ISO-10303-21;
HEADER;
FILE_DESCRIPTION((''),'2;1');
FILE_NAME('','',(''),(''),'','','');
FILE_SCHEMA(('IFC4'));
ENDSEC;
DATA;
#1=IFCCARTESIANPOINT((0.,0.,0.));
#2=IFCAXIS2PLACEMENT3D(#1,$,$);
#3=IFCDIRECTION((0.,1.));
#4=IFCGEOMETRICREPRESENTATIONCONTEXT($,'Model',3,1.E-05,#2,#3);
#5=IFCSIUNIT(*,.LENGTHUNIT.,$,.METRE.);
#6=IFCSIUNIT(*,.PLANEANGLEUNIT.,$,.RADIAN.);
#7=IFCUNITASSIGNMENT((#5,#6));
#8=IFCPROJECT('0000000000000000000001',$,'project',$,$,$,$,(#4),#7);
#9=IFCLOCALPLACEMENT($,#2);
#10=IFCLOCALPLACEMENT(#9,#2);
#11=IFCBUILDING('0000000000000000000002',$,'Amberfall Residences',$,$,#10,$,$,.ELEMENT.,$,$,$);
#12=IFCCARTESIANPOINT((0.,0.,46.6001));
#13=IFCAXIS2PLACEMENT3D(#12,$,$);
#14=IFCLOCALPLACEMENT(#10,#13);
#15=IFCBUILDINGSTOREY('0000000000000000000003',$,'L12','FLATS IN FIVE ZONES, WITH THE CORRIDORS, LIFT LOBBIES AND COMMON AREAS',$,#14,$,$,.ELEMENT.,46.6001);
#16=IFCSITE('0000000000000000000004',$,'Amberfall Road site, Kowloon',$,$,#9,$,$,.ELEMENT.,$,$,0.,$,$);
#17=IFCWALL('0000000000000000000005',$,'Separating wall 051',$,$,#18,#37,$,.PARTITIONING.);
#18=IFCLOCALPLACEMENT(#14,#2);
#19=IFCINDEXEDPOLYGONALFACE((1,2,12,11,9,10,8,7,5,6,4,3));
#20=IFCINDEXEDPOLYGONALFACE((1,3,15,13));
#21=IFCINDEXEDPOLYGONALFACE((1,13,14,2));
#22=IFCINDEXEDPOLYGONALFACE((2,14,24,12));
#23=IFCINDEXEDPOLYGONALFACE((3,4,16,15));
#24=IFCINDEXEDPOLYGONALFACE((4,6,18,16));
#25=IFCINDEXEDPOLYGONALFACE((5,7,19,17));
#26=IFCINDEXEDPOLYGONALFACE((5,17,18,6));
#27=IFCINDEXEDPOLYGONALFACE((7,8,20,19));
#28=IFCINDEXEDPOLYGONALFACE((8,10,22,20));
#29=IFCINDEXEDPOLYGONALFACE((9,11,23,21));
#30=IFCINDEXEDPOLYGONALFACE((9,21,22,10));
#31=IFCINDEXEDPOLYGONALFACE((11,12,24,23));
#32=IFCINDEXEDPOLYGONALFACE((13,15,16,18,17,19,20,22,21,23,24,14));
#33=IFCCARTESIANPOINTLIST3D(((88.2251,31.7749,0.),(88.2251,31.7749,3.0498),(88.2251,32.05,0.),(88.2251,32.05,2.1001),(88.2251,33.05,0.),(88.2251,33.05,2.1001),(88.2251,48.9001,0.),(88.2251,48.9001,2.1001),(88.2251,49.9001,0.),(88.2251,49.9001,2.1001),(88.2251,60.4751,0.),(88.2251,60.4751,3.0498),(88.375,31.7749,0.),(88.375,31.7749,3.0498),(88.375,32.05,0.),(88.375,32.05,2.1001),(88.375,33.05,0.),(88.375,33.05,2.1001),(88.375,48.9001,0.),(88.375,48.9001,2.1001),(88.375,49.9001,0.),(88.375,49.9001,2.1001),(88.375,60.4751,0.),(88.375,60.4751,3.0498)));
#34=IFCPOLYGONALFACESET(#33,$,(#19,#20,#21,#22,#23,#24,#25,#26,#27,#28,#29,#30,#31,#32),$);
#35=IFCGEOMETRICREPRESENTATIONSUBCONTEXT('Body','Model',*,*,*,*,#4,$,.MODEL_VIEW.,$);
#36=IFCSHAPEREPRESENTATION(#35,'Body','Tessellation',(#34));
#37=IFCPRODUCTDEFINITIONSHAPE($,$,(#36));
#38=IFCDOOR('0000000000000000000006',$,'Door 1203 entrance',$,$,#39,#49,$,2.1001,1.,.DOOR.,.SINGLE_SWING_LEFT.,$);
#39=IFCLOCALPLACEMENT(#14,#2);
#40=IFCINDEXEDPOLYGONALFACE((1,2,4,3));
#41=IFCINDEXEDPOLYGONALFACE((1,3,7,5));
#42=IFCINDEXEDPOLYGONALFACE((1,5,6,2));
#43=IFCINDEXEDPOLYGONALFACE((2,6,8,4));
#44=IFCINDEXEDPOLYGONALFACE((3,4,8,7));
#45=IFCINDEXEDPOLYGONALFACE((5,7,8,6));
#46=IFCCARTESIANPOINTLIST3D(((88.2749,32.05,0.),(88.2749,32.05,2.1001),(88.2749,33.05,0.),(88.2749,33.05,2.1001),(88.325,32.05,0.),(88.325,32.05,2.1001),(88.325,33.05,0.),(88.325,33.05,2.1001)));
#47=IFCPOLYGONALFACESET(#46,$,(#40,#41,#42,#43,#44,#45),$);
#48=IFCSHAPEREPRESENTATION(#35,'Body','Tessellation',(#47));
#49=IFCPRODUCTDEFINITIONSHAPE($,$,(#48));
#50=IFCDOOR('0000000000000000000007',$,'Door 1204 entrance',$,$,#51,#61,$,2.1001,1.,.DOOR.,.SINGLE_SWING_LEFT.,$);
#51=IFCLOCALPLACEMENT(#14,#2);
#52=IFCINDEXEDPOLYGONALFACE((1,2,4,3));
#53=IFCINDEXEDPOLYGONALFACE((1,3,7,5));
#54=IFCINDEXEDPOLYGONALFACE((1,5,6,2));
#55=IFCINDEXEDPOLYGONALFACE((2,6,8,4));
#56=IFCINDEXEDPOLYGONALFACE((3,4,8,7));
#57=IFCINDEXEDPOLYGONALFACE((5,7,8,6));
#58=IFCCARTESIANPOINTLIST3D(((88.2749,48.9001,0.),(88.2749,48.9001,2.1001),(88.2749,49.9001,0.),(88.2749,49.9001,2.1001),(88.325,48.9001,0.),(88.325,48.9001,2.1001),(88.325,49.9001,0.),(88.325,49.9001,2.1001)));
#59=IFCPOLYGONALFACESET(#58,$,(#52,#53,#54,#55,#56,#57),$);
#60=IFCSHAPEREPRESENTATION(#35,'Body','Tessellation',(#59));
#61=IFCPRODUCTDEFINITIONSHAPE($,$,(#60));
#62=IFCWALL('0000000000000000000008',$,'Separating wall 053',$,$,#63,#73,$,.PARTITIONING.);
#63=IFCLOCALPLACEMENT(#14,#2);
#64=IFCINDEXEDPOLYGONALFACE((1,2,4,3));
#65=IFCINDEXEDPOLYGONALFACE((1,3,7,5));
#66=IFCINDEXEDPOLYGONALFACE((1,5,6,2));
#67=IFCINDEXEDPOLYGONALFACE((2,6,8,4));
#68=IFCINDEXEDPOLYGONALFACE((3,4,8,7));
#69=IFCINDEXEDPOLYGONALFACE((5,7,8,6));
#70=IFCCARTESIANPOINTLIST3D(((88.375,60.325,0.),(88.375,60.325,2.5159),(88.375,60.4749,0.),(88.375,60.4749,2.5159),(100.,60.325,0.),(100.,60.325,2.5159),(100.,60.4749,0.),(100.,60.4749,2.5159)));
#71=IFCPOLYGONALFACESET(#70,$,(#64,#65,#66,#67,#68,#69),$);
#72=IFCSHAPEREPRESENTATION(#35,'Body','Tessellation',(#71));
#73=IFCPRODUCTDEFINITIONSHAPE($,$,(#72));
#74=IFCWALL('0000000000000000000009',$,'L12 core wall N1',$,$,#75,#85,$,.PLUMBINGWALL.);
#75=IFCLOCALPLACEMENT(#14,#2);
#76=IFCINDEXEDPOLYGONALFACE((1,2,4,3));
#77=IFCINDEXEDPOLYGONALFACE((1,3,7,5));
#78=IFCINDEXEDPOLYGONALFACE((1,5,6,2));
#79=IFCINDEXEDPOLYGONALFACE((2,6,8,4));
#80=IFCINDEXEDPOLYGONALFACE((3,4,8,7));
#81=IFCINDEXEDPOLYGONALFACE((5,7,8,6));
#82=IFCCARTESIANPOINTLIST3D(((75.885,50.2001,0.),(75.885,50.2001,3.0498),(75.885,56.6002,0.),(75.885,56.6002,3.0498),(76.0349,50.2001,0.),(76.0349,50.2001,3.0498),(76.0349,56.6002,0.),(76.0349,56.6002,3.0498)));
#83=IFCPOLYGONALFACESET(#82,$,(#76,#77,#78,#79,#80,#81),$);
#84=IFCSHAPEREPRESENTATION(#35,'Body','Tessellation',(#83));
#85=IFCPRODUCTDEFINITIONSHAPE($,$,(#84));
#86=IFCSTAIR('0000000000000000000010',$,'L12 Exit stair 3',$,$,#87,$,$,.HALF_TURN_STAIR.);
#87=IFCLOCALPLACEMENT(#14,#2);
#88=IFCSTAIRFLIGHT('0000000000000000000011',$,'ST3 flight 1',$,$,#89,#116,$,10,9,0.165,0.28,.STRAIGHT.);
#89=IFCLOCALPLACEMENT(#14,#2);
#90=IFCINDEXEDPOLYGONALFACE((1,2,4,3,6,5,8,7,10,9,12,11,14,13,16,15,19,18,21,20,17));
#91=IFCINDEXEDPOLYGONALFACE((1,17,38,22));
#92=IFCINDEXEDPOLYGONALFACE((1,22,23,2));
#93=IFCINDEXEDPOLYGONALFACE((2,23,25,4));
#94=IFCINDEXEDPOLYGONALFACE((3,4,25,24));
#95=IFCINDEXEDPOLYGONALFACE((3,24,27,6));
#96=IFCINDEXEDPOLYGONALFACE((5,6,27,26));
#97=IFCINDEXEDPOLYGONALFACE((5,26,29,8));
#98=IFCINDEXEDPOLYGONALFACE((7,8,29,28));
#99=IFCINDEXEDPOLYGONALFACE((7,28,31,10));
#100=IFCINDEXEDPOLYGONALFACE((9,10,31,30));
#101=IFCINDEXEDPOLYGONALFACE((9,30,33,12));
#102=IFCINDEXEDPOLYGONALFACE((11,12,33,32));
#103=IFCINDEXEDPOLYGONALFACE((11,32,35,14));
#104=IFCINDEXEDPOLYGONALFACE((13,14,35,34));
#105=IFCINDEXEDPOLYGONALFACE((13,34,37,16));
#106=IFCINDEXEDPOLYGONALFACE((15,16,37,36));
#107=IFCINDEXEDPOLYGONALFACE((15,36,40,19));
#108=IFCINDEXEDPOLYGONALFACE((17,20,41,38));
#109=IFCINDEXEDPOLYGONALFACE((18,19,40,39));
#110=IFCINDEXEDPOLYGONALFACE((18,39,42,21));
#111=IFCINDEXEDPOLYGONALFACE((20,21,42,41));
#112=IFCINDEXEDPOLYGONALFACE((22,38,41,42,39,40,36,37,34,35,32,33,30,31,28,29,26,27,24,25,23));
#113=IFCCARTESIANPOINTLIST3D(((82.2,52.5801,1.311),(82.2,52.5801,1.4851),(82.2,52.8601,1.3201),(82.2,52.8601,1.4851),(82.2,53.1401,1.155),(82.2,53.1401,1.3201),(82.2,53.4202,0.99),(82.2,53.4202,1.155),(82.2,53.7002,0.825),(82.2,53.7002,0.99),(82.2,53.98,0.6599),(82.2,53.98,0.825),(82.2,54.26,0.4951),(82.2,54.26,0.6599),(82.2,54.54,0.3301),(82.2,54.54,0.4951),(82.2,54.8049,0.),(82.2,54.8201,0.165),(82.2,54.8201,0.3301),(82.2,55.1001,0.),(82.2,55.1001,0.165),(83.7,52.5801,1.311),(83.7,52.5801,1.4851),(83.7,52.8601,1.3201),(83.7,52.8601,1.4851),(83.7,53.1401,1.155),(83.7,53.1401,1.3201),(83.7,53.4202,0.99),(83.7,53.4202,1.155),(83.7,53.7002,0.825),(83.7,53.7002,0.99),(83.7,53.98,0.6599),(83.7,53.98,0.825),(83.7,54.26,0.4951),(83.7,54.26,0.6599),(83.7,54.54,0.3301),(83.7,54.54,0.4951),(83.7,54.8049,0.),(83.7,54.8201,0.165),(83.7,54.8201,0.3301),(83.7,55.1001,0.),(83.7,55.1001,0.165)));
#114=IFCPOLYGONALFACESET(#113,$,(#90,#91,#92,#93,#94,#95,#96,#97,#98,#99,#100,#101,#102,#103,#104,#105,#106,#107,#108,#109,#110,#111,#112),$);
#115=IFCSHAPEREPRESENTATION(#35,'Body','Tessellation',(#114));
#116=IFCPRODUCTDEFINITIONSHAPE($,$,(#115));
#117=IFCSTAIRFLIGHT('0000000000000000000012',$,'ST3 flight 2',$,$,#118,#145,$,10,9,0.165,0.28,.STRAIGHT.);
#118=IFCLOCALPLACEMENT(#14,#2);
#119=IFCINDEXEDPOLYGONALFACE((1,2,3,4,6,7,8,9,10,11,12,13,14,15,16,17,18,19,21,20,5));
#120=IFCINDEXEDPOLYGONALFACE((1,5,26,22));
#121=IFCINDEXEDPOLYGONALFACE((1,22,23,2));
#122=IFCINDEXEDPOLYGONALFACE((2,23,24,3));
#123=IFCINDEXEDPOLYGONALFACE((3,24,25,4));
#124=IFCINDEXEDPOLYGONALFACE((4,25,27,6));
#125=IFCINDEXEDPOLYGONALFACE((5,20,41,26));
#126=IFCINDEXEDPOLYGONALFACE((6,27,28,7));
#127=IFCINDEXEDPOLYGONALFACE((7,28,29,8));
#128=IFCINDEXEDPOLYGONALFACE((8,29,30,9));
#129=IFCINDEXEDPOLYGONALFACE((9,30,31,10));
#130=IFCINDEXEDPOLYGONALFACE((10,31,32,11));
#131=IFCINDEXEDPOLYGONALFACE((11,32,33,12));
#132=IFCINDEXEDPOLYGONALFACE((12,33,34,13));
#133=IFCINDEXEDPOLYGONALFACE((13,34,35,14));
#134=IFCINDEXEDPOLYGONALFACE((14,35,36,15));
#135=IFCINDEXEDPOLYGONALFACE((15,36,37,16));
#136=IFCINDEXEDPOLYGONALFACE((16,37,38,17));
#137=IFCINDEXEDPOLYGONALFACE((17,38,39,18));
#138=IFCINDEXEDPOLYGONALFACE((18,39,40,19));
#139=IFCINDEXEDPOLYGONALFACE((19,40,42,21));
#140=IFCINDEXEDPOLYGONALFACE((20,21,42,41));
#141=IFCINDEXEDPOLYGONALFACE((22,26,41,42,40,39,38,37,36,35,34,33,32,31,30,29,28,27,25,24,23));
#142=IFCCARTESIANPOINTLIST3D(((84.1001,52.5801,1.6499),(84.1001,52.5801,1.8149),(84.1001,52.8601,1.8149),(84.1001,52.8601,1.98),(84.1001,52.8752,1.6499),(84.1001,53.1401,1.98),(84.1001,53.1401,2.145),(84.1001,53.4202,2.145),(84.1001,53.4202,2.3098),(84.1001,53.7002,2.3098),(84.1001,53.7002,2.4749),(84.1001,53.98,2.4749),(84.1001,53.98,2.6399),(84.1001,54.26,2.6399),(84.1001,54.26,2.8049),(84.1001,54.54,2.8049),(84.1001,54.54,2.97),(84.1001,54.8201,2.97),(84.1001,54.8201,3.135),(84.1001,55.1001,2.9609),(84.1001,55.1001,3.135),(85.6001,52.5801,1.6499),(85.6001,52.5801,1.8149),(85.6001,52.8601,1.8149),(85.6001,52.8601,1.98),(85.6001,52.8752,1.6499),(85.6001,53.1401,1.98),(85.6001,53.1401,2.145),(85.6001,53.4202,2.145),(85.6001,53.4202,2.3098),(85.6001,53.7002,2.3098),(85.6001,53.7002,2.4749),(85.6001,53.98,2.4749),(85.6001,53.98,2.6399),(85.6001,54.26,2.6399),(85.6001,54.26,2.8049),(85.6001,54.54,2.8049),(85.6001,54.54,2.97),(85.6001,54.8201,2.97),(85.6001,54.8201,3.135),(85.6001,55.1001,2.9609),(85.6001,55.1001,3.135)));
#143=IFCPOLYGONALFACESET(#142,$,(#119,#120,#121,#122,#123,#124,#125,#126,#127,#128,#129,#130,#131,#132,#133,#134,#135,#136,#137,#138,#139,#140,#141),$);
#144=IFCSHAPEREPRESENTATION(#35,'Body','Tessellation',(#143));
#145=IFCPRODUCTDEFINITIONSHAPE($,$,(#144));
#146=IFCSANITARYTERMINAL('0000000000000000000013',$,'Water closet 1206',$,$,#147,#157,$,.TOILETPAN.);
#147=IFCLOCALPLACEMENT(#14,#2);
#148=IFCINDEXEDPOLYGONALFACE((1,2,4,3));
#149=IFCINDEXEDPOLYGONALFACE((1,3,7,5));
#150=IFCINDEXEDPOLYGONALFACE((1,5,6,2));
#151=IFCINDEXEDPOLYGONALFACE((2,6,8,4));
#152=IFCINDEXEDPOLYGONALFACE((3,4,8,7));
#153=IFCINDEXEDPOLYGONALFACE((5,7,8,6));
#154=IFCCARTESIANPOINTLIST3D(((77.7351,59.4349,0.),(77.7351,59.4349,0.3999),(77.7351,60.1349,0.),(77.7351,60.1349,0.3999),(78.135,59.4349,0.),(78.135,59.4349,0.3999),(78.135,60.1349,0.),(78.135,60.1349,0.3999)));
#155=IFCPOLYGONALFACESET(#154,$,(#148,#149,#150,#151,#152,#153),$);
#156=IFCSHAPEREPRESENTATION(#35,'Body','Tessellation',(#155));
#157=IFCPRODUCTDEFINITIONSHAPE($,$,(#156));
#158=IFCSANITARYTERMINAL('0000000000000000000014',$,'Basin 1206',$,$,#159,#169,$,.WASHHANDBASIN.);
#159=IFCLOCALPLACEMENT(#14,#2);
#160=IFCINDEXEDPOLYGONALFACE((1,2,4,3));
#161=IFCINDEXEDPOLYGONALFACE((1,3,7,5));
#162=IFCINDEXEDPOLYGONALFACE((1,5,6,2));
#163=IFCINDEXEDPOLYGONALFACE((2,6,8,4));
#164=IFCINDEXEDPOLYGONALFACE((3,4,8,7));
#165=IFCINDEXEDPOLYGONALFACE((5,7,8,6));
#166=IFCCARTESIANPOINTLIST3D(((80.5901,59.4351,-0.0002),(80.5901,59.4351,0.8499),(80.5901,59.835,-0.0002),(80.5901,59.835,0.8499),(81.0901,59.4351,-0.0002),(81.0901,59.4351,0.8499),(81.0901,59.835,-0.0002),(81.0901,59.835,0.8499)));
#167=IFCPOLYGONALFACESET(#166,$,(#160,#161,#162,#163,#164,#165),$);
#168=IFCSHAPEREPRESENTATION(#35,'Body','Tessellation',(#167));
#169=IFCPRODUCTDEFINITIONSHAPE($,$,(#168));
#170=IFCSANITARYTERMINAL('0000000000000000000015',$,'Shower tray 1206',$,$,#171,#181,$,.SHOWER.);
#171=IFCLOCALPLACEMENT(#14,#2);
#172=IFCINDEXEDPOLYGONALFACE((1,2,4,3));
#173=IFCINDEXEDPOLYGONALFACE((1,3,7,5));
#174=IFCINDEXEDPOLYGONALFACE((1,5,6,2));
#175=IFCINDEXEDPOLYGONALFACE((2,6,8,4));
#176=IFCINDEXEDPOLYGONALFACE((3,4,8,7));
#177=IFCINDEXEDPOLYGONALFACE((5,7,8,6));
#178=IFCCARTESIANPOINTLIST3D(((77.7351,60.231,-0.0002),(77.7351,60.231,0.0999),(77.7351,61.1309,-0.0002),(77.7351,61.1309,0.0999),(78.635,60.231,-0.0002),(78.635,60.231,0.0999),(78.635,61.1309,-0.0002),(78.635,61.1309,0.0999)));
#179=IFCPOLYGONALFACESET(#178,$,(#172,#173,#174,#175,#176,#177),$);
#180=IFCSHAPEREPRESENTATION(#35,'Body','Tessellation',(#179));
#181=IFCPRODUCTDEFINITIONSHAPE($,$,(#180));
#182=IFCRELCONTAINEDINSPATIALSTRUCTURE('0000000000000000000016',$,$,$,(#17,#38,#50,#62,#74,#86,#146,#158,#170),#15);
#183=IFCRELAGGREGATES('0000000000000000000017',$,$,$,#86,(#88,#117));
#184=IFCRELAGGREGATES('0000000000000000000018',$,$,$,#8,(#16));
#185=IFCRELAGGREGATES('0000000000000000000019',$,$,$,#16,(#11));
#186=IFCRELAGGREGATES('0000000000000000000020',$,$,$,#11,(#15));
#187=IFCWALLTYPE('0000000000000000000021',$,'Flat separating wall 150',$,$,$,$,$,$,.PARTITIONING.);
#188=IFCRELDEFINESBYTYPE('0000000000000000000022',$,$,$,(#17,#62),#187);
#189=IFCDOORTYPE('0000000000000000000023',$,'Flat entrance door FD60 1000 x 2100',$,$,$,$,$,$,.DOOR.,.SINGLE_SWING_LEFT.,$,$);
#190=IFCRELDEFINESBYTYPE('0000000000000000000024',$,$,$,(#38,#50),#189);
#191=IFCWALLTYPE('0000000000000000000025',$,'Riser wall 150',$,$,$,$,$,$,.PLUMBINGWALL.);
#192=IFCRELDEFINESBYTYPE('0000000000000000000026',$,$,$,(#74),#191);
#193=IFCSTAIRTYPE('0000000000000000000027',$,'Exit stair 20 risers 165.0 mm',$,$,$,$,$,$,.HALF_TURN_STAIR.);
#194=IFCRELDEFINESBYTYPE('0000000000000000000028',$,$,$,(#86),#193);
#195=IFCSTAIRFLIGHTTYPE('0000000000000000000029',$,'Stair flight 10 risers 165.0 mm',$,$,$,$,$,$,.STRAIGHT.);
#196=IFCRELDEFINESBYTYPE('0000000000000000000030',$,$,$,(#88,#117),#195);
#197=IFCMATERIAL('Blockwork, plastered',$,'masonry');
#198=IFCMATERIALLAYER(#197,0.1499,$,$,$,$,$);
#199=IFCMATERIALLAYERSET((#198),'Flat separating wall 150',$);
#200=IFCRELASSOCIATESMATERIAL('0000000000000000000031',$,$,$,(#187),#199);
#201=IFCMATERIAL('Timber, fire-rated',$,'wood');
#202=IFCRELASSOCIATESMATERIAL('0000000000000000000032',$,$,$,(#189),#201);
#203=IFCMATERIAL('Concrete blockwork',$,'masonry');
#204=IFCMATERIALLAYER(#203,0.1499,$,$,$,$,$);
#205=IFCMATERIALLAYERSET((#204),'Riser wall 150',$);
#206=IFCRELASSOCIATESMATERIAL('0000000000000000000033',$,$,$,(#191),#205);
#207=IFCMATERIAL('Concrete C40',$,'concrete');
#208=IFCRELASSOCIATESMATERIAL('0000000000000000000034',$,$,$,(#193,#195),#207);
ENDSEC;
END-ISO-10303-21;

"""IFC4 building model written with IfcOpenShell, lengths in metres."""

from ifc_helpers import new_model, si_unit, direction, frame, frame_2d, origin, origin_2d, place, context, subcontext, project, spatial, polyline, rectangle, outline, extrude, material, layer, layer_set, type_object, element, fill, aggregate, save


model = new_model("IFC4")

# Units and contexts
model_context = context("Model", 3, precision=1e-05, world=origin(), true_north=direction((0.0, 1.0)))
body_context = subcontext(model_context, "Body", "Model", "MODEL_VIEW")
ifc_project = project(units=[si_unit("LENGTHUNIT", "METRE"), si_unit("PLANEANGLEUNIT", "RADIAN")], contexts=[model_context])

# Site, building, storey
site_placement = place(None, origin())
site = spatial("IfcSite", under=ifc_project, at=site_placement, Name="Amberfall Road site, Kowloon", CompositionType="ELEMENT", RefElevation=0.0)
building_placement = place(site_placement, origin())
building = spatial("IfcBuilding", under=site, at=building_placement, Name="Amberfall Residences", CompositionType="ELEMENT")
storey_placement = place(building_placement, frame((0.0, 0.0, 46.6001)))
storey = spatial("IfcBuildingStorey", under=building, at=storey_placement, Name="L12", Description="FLATS IN FIVE ZONES, WITH THE CORRIDORS, LIFT LOBBIES AND COMMON AREAS", CompositionType="ELEMENT", Elevation=46.6001)

# Shared definitions
ifc_material_1 = material(Name="Blockwork, plastered", Category="masonry")
ifc_layer_1 = layer(ifc_material_1, 0.1499)
ifc_layer_set_1 = layer_set([ifc_layer_1], Name="Flat separating wall 150")
wall_type_1 = type_object("IfcWallType", Name="Flat separating wall 150", PredefinedType="PARTITIONING", material=ifc_layer_set_1)

# Wall, openings, doors
wall_1_placement = place(storey_placement, frame((88.3, 60.4751, 0.0), z_axis=(0.0, 0.0, 1.0), x_axis=(0.0, -1.0, 0.0)))
wall_1 = element("IfcWall", 1, at=wall_1_placement, inside=storey, type_object=wall_type_1, Name="Separating wall 051", PredefinedType="PARTITIONING", context=body_context, shape_type="SweptSolid", body=[
    extrude(rectangle(XDim=28.7002, YDim=0.1499, at=frame_2d((14.3501, 0.0))), origin(), (0.0, 0.0, 1.0), 3.0498),
])
opening_1_placement = place(wall_1_placement, frame((27.425, 0.0, 0.0)))
opening_1 = element("IfcOpeningElement", 2, at=opening_1_placement, cuts=wall_1, PredefinedType="OPENING", context=body_context, shape_type="SweptSolid", body=[
    extrude(rectangle(XDim=1.0, YDim=2.1001, at=frame_2d((0.5, 1.05))), frame((0.0, 0.085, 0.0), z_axis=(0.0, -1.0, 0.0), x_axis=(1.0, 0.0, 0.0)), (0.0, 0.0, 1.0), 0.1699),
])
opening_2_placement = place(wall_1_placement, frame((10.575, 0.0, 0.0)))
opening_2 = element("IfcOpeningElement", 3, at=opening_2_placement, cuts=wall_1, PredefinedType="OPENING", context=body_context, shape_type="SweptSolid", body=[
    extrude(rectangle(XDim=1.0, YDim=2.1001, at=frame_2d((0.5, 1.05))), frame((0.0, 0.085, 0.0), z_axis=(0.0, -1.0, 0.0), x_axis=(1.0, 0.0, 0.0)), (0.0, 0.0, 1.0), 0.1699),
])
ifc_material_2 = material(Name="Timber, fire-rated", Category="wood")
door_type_1 = type_object("IfcDoorType", Name="Flat entrance door FD60 1000 x 2100", OperationType="SINGLE_SWING_LEFT", PredefinedType="DOOR", material=ifc_material_2)
door_1_placement = place(opening_1_placement, origin())
door_1 = element("IfcDoor", 4, at=door_1_placement, inside=storey, type_object=door_type_1, Name="Door 1203 entrance", OperationType="SINGLE_SWING_LEFT", OverallHeight=2.1001, OverallWidth=1.0, PredefinedType="DOOR", context=body_context, shape_type="SweptSolid", body=[
    extrude(rectangle(XDim=1.0, YDim=2.1001, at=frame_2d((0.5, 1.05))), frame((0.0, 0.0249, 0.0), z_axis=(0.0, -1.0, 0.0), x_axis=(1.0, 0.0, 0.0)), (0.0, 0.0, 1.0), 0.05),
])
fill(opening_1, door_1)
door_2_placement = place(opening_2_placement, origin())
door_2 = element("IfcDoor", 5, at=door_2_placement, inside=storey, type_object=door_type_1, Name="Door 1204 entrance", OperationType="SINGLE_SWING_LEFT", OverallHeight=2.1001, OverallWidth=1.0, PredefinedType="DOOR", context=body_context, shape_type="SweptSolid", body=[
    extrude(rectangle(XDim=1.0, YDim=2.1001, at=frame_2d((0.5, 1.05))), frame((0.0, 0.0249, 0.0), z_axis=(0.0, -1.0, 0.0), x_axis=(1.0, 0.0, 0.0)), (0.0, 0.0, 1.0), 0.05),
])
fill(opening_2, door_2)

# Walls
wall_2_placement = place(storey_placement, frame((88.375, 60.3999, 0.0), z_axis=(0.0, 0.0, 1.0), x_axis=(1.0, 0.0, 0.0)))
element("IfcWall", 6, at=wall_2_placement, inside=storey, type_object=wall_type_1, Name="Separating wall 053", PredefinedType="PARTITIONING", context=body_context, shape_type="SweptSolid", body=[
    extrude(rectangle(XDim=11.625, YDim=0.1499, at=frame_2d((5.8125, 0.0))), origin(), (0.0, 0.0, 1.0), 2.5159),
])
ifc_material_3 = material(Name="Concrete blockwork", Category="masonry")
ifc_layer_2 = layer(ifc_material_3, 0.1499)
ifc_layer_set_2 = layer_set([ifc_layer_2], Name="Riser wall 150")
wall_type_2 = type_object("IfcWallType", Name="Riser wall 150", PredefinedType="PLUMBINGWALL", material=ifc_layer_set_2)
wall_3_placement = place(storey_placement, frame((75.96, 50.2, 0.0), z_axis=(0.0, 0.0, 1.0), x_axis=(0.0, 1.0, 0.0)))
element("IfcWall", 7, at=wall_3_placement, inside=storey, type_object=wall_type_2, Name="L12 core wall N1", PredefinedType="PLUMBINGWALL", context=body_context, shape_type="SweptSolid", body=[
    extrude(rectangle(XDim=6.4001, YDim=0.1499, at=frame_2d((3.2002, 0.0))), origin(), (0.0, 0.0, 1.0), 3.0498),
])

# Stair, stair flights
ifc_material_4 = material(Name="Concrete C40", Category="concrete")
stair_type = type_object("IfcStairType", Name="Exit stair 20 risers 165.0 mm", PredefinedType="HALF_TURN_STAIR", material=ifc_material_4)
stair_placement = place(storey_placement, origin())
stair = element("IfcStair", 8, at=stair_placement, inside=storey, type_object=stair_type, Name="L12 Exit stair 3", PredefinedType="HALF_TURN_STAIR")
stair_flight_type = type_object("IfcStairFlightType", Name="Stair flight 10 risers 165.0 mm", PredefinedType="STRAIGHT", material=ifc_material_4)
stair_flight_1_placement = place(storey_placement, frame((82.95, 55.1001, 0.0), z_axis=(0.0, 0.0, 1.0), x_axis=(0.0, -1.0, 0.0)))
stair_flight_1 = element("IfcStairFlight", 9, at=stair_flight_1_placement, type_object=stair_flight_type, Name="ST3 flight 1", NumberOfRisers=10, NumberOfTreads=9, PredefinedType="STRAIGHT", RiserHeight=0.165, TreadLength=0.28, context=body_context, shape_type="SweptSolid", body=[
    extrude(outline(polyline([(0.0, 0.0), (0.0, 0.165), (0.28, 0.165), (0.28, 0.3301), (0.5601, 0.3301), (0.5601, 0.4951), (0.8401, 0.4951), (0.8401, 0.6599), (1.1201, 0.6599), (1.1201, 0.825), (1.3999, 0.825), (1.3999, 0.99), (1.6799, 0.99), (1.6799, 1.155), (1.96, 1.155), (1.96, 1.3201), (2.24, 1.3201), (2.24, 1.4851), (2.52, 1.4851), (2.52, 1.6499), (2.52, 1.311), (0.2952, 0.0), (0.0, 0.0)])), frame((0.0, 0.75, 0.0), z_axis=(0.0, -1.0, 0.0), x_axis=(1.0, 0.0, 0.0)), (0.0, 0.0, 1.0), 1.5),
])
stair_flight_2_placement = place(storey_placement, frame((84.8501, 52.5801, 1.6499), z_axis=(0.0, 0.0, 1.0), x_axis=(0.0, 1.0, 0.0)))
stair_flight_2 = element("IfcStairFlight", 10, at=stair_flight_2_placement, type_object=stair_flight_type, Name="ST3 flight 2", NumberOfRisers=10, NumberOfTreads=9, PredefinedType="STRAIGHT", RiserHeight=0.165, TreadLength=0.28, context=body_context, shape_type="SweptSolid", body=[
    extrude(outline(polyline([(0.0, 0.0), (0.0, 0.165), (0.28, 0.165), (0.28, 0.3301), (0.5601, 0.3301), (0.5601, 0.4951), (0.8401, 0.4951), (0.8401, 0.6599), (1.1201, 0.6599), (1.1201, 0.825), (1.3999, 0.825), (1.3999, 0.99), (1.6799, 0.99), (1.6799, 1.155), (1.96, 1.155), (1.96, 1.3201), (2.24, 1.3201), (2.24, 1.4851), (2.52, 1.4851), (2.52, 1.6499), (2.52, 1.311), (0.2952, 0.0), (0.0, 0.0)])), frame((0.0, 0.75, 0.0), z_axis=(0.0, -1.0, 0.0), x_axis=(1.0, 0.0, 0.0)), (0.0, 0.0, 1.0), 1.5),
])
aggregate(stair, [stair_flight_1, stair_flight_2])

# Sanitary terminals
sanitary_terminal_1_placement = place(storey_placement, frame((77.9351, 59.7849, 0.0), z_axis=(0.0, 0.0, 1.0), x_axis=(1.0, 0.0, 0.0)))
element("IfcSanitaryTerminal", 11, at=sanitary_terminal_1_placement, inside=storey, Name="Water closet 1206", PredefinedType="TOILETPAN", context=body_context, shape_type="SweptSolid", body=[
    extrude(rectangle(XDim=0.3999, YDim=0.7, at=origin_2d()), origin(), (0.0, 0.0, 1.0), 0.3999),
])
sanitary_terminal_2_placement = place(storey_placement, frame((80.8401, 59.635, -0.0002), z_axis=(0.0, 0.0, 1.0), x_axis=(1.0, 0.0, 0.0)))
element("IfcSanitaryTerminal", 12, at=sanitary_terminal_2_placement, inside=storey, Name="Basin 1206", PredefinedType="WASHHANDBASIN", context=body_context, shape_type="SweptSolid", body=[
    extrude(rectangle(XDim=0.5, YDim=0.3999, at=origin_2d()), origin(), (0.0, 0.0, 1.0), 0.8501),
])
sanitary_terminal_3_placement = place(storey_placement, frame((78.1851, 60.6809, -0.0002), z_axis=(0.0, 0.0, 1.0), x_axis=(1.0, 0.0, 0.0)))
element("IfcSanitaryTerminal", 13, at=sanitary_terminal_3_placement, inside=storey, Name="Shower tray 1206", PredefinedType="SHOWER", context=body_context, shape_type="SweptSolid", body=[
    extrude(rectangle(XDim=0.8999, YDim=0.8999, at=origin_2d()), origin(), (0.0, 0.0, 1.0), 0.1001),
])

save(model, "model.ifc")
